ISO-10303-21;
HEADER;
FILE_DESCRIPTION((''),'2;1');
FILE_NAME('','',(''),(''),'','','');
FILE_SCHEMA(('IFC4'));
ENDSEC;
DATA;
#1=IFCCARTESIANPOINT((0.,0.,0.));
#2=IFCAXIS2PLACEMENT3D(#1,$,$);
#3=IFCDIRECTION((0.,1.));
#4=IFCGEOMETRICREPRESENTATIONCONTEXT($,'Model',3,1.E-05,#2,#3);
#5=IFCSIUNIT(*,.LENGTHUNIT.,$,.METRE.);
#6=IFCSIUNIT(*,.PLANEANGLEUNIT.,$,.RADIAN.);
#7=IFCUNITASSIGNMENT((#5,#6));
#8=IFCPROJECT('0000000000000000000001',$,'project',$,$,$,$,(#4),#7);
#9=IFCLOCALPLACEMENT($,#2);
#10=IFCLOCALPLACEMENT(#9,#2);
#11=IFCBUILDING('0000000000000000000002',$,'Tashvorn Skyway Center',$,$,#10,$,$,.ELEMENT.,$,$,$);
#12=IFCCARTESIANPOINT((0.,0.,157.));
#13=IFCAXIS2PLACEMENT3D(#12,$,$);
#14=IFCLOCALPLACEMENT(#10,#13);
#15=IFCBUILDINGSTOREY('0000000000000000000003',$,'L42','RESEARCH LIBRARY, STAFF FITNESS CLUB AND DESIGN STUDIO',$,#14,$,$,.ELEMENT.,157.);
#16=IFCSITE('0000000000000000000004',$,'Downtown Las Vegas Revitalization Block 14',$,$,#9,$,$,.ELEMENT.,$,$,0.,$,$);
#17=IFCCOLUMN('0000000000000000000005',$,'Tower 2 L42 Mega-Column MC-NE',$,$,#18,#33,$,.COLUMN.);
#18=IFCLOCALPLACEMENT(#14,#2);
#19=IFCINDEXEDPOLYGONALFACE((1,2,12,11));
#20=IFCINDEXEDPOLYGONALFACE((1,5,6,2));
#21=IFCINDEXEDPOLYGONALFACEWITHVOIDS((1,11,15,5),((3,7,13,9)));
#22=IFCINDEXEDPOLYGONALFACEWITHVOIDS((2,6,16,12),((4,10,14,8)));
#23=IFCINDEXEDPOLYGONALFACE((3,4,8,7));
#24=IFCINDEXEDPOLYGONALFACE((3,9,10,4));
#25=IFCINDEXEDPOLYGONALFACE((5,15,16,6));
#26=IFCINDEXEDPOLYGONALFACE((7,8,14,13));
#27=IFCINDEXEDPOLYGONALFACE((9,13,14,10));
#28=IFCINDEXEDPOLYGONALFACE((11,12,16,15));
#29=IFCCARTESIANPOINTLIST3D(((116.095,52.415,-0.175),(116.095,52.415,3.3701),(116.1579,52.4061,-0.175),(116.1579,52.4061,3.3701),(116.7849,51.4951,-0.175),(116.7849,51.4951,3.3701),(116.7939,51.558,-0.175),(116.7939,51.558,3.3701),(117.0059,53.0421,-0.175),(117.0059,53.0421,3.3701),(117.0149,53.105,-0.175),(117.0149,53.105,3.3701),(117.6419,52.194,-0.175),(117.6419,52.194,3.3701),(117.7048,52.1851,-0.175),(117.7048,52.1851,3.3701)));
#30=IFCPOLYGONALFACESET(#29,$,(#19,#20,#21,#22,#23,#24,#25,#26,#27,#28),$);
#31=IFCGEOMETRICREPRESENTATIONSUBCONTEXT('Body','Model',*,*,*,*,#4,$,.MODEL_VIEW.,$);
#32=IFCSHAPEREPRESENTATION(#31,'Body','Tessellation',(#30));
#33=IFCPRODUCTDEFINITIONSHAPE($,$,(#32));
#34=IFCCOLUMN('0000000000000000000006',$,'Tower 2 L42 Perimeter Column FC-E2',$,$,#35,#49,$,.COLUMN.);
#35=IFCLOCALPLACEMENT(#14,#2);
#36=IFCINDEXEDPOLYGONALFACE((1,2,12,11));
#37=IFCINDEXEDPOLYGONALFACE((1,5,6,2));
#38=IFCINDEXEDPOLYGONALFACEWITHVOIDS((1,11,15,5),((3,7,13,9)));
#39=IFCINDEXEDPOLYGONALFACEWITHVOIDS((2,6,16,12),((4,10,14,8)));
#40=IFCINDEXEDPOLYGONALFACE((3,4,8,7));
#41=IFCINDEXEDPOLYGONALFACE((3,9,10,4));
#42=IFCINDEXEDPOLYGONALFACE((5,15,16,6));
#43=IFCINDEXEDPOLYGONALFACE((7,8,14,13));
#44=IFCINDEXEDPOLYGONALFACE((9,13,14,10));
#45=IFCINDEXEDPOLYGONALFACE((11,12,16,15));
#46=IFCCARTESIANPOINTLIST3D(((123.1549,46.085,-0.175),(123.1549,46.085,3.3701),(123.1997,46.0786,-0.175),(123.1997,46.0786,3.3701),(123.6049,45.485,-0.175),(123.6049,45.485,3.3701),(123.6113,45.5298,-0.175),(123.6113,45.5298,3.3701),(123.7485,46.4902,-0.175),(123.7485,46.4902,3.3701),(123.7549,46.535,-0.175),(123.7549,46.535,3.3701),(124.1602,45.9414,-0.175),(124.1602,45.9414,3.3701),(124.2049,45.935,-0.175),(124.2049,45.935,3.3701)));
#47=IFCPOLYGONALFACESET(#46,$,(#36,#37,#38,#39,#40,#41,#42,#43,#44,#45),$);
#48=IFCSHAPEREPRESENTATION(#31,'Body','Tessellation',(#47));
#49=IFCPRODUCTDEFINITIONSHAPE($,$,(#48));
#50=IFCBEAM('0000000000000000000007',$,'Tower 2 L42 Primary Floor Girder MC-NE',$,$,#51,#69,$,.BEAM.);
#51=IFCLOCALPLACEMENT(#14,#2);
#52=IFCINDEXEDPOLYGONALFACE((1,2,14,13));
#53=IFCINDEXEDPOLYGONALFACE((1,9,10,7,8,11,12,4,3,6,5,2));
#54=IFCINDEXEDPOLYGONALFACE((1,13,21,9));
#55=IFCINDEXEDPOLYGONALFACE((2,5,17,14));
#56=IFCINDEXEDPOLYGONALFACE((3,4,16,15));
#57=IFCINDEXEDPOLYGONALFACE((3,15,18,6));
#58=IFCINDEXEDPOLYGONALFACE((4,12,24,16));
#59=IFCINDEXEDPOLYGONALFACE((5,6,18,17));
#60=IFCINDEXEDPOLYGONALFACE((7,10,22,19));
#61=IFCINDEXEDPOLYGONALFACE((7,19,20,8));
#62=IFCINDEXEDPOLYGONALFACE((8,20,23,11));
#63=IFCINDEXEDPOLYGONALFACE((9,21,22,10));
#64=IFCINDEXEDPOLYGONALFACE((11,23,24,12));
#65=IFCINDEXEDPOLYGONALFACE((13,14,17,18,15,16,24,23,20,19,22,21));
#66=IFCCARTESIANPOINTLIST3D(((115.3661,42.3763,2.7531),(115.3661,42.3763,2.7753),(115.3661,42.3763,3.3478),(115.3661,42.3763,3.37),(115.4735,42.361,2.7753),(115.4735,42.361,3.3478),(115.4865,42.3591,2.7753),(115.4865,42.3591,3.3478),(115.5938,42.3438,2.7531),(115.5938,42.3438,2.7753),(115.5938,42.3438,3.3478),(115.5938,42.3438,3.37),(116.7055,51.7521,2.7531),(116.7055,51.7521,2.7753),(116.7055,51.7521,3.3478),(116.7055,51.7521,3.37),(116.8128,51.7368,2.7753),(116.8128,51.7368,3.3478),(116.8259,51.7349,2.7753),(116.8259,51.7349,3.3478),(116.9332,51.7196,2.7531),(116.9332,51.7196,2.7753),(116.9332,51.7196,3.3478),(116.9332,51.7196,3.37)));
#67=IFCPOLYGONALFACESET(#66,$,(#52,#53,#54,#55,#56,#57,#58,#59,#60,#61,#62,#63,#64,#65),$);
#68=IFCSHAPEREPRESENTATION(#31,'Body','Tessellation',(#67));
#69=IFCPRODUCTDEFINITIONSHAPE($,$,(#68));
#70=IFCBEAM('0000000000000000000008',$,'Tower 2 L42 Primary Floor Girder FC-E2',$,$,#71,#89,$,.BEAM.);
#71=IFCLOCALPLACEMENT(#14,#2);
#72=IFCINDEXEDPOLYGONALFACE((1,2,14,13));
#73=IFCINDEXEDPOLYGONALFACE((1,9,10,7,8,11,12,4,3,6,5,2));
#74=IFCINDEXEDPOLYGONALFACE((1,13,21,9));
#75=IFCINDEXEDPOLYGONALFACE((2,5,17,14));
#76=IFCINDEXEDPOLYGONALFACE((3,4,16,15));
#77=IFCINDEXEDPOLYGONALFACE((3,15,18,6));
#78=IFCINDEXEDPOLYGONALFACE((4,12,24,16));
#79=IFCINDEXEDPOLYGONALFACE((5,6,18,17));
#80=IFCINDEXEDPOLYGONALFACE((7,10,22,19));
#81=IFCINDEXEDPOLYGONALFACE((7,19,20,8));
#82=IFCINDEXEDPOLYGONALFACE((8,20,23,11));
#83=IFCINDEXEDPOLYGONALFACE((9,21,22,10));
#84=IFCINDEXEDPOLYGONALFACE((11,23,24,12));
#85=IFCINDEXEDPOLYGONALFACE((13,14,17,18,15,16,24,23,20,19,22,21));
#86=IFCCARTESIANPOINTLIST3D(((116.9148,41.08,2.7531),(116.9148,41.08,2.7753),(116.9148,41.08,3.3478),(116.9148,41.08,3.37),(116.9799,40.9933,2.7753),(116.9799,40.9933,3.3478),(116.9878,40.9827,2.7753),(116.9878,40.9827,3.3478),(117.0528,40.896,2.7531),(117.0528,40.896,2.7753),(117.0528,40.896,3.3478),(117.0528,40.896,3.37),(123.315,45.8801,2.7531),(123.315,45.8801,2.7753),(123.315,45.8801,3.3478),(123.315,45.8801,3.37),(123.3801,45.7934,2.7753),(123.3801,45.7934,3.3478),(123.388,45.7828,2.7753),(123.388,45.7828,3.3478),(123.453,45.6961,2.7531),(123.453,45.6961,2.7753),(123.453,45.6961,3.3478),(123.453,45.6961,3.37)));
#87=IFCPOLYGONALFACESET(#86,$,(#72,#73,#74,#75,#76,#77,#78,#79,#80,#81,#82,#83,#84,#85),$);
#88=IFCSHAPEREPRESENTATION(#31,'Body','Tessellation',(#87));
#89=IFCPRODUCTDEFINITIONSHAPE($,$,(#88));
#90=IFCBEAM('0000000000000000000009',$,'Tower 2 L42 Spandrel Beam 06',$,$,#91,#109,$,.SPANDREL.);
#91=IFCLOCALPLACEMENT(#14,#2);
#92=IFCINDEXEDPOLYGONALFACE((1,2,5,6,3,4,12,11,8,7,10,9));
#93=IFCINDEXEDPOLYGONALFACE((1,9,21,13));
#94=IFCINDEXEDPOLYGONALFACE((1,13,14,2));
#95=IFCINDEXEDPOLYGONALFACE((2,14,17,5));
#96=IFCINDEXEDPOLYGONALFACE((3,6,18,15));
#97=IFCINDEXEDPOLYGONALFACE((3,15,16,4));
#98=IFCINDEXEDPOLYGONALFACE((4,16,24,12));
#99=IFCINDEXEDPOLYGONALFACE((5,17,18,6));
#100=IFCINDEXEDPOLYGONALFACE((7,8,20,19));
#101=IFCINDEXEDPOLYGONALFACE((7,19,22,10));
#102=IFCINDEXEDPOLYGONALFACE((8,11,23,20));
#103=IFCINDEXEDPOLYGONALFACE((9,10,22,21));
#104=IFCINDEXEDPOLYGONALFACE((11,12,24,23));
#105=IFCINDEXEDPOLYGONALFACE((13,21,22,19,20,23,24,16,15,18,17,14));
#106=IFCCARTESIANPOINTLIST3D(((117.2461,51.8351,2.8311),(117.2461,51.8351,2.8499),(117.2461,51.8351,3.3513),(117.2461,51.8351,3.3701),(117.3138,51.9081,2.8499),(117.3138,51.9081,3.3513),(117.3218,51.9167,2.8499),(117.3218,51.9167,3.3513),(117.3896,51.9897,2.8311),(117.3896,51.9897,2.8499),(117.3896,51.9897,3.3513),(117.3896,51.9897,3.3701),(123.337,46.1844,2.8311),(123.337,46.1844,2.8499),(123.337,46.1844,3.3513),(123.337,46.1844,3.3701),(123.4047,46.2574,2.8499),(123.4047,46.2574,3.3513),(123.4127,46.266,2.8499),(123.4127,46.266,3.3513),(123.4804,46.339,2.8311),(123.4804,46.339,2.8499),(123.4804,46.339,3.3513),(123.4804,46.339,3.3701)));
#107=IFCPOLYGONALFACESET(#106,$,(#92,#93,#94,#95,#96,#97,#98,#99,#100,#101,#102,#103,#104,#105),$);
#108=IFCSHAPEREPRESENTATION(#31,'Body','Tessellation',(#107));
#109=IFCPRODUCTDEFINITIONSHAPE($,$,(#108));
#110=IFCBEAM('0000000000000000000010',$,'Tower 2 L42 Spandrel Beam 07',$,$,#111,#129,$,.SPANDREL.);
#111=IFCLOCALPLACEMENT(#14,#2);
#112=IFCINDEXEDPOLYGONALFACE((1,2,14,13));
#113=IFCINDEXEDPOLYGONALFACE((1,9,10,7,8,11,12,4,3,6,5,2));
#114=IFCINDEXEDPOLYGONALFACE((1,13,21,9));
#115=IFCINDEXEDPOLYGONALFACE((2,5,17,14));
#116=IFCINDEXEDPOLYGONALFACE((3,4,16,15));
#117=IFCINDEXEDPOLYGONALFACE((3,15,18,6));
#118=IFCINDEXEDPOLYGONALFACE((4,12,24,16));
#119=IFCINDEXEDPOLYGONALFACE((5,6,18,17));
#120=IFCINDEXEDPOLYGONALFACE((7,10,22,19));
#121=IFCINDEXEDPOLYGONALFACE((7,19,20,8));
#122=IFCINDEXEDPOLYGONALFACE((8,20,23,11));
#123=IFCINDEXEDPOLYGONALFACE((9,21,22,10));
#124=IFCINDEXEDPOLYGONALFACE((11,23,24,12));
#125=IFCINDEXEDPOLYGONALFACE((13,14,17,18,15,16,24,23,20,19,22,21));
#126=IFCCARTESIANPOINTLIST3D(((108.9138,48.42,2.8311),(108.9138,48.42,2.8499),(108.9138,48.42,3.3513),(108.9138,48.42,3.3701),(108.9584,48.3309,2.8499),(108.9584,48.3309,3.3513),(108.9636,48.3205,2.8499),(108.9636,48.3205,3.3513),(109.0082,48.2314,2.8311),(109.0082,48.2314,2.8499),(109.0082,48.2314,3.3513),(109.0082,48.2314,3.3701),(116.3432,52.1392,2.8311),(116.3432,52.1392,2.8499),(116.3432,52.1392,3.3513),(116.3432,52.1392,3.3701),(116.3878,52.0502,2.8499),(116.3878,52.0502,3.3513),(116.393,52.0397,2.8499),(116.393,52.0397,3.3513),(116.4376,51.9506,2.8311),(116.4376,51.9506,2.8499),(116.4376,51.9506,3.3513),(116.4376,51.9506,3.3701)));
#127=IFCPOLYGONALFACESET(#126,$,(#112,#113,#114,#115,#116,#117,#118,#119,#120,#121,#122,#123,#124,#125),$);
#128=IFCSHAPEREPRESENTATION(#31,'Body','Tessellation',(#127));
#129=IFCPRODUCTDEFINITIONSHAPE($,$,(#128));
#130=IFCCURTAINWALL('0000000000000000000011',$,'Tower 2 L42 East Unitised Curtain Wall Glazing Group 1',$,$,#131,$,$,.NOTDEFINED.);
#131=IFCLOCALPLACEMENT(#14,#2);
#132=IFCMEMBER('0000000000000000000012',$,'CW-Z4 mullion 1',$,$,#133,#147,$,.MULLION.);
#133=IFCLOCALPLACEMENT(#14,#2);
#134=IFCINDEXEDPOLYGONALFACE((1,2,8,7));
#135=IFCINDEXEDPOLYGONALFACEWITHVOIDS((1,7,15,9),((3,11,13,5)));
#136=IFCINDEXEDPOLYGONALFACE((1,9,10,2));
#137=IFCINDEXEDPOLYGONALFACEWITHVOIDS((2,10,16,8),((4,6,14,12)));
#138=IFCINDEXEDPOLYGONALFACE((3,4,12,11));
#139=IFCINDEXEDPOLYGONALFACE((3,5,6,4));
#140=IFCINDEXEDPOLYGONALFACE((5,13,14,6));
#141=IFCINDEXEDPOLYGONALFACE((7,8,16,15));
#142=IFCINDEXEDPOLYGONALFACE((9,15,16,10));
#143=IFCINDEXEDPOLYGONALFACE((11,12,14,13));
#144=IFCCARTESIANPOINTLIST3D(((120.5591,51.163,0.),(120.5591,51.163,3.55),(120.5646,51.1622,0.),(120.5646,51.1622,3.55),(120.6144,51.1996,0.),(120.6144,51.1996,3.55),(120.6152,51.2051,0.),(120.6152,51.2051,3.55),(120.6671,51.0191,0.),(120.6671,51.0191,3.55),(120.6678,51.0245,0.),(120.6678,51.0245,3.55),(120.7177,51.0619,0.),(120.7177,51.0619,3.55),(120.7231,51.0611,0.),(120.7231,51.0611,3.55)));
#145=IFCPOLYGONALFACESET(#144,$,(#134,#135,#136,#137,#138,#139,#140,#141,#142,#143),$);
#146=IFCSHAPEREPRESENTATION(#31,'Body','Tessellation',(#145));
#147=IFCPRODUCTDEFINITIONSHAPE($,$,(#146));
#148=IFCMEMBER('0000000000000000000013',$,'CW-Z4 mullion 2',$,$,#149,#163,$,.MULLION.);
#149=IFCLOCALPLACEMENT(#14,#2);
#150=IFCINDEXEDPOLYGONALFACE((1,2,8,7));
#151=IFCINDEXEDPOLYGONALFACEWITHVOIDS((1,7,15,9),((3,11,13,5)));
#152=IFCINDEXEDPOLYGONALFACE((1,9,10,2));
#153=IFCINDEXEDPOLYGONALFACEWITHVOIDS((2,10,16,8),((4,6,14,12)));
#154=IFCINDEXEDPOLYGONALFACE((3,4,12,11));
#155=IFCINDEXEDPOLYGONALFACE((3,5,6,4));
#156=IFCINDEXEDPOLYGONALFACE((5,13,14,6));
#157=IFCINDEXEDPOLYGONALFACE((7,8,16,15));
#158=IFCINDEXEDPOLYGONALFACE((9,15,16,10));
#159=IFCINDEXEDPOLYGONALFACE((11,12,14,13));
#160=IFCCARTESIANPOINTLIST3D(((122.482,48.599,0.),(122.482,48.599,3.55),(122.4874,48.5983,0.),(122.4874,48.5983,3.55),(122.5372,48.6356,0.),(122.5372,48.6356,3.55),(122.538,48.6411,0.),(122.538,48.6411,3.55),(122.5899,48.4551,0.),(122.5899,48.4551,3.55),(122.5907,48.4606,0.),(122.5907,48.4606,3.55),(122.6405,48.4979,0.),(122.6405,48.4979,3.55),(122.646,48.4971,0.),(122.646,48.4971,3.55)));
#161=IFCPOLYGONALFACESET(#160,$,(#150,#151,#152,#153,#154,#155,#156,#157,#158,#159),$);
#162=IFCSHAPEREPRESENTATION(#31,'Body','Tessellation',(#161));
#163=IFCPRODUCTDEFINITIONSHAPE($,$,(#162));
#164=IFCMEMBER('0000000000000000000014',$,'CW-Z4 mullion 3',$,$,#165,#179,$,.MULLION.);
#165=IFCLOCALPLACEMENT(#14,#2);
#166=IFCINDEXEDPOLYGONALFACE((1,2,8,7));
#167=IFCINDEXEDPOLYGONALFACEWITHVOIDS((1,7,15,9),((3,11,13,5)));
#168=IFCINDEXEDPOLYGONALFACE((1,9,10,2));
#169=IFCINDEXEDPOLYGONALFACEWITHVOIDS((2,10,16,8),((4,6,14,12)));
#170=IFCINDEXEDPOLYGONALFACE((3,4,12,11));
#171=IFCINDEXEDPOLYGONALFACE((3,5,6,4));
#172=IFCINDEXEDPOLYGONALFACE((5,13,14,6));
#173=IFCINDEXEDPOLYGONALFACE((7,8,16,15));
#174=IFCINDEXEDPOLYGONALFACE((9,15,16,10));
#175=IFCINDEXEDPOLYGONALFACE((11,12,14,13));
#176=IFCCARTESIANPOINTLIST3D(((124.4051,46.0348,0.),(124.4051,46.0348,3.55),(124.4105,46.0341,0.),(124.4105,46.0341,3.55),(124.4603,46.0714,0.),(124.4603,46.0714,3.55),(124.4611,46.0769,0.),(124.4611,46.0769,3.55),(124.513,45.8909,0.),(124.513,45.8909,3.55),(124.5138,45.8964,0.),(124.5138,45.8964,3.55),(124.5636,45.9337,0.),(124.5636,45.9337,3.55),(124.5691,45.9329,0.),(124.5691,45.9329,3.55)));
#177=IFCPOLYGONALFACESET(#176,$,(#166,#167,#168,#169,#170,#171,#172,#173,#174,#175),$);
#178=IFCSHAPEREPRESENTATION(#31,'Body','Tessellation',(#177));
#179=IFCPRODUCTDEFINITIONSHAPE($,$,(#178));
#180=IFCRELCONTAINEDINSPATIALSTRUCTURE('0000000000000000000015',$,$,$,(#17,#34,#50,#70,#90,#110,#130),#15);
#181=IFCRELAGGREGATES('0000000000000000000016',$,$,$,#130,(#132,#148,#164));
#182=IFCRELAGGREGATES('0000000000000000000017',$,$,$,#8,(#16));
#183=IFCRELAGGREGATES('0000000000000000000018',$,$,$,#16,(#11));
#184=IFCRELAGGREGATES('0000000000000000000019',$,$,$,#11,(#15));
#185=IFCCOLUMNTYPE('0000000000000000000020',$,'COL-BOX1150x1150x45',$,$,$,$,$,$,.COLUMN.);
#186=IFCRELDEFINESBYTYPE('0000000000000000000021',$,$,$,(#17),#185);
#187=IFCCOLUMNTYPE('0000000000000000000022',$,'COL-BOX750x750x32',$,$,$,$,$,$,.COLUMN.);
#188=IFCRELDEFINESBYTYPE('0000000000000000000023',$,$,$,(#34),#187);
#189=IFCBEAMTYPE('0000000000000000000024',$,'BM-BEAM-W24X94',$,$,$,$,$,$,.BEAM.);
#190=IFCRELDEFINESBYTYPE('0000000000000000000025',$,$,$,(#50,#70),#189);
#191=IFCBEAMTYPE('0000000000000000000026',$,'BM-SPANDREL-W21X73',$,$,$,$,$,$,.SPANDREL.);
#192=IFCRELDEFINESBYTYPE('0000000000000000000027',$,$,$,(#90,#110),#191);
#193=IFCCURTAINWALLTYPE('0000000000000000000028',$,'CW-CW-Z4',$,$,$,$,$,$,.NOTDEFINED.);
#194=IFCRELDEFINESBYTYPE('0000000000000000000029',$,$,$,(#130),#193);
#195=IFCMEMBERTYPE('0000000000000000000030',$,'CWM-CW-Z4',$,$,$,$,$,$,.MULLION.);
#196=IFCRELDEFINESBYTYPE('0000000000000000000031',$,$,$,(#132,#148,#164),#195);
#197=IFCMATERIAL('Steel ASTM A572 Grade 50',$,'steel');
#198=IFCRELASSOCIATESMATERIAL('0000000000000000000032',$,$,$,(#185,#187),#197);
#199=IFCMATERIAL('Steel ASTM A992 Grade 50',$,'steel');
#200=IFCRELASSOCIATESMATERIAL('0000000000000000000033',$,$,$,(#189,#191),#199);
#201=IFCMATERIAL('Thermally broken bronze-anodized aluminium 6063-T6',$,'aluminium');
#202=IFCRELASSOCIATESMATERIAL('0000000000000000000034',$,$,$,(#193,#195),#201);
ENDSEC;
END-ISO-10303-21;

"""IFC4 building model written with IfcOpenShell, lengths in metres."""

from ifc_helpers import new_model, si_unit, direction, frame, origin, origin_2d, place, context, subcontext, project, spatial, hollow_rectangle, i_section, extrude, material, material_profile, profile_set, type_object, element, aggregate, save


model = new_model("IFC4")

# Units and contexts
model_context = context("Model", 3, precision=1e-05, world=origin(), true_north=direction((0.0, 1.0)))
body_context = subcontext(model_context, "Body", "Model", "MODEL_VIEW")
ifc_project = project(units=[si_unit("LENGTHUNIT", "METRE"), si_unit("PLANEANGLEUNIT", "RADIAN")], contexts=[model_context])

# Site, building, storey
site_placement = place(None, origin())
site = spatial("IfcSite", under=ifc_project, at=site_placement, Name="Downtown Las Vegas Revitalization Block 14", CompositionType="ELEMENT", RefElevation=0.0)
building_placement = place(site_placement, origin())
building = spatial("IfcBuilding", under=site, at=building_placement, Name="Tashvorn Skyway Center", CompositionType="ELEMENT")
storey_placement = place(building_placement, frame((0.0, 0.0, 157.0)))
storey = spatial("IfcBuildingStorey", under=building, at=storey_placement, Name="L42", Description="RESEARCH LIBRARY, STAFF FITNESS CLUB AND DESIGN STUDIO", CompositionType="ELEMENT", Elevation=157.0)

# Columns
ifc_material_1 = material(Name="Steel ASTM A572 Grade 50", Category="steel")
ifc_material_profile_1 = material_profile(ifc_material_1, hollow_rectangle(XDim=1.1499, YDim=1.1499, WallThickness=0.0449, at=origin_2d()), Name="BOX1150x1150x45")
ifc_profile_set_1 = profile_set([ifc_material_profile_1], Name="Steel ASTM A572 Grade 50")
column_type_1 = type_object("IfcColumnType", Name="COL-BOX1150x1150x45", PredefinedType="COLUMN", material=ifc_profile_set_1)
column_1_placement = place(storey_placement, frame((116.8999, 52.3, -0.175), z_axis=(0.0, 0.0, 1.0), x_axis=(0.8, 0.6, 0.0)))
element("IfcColumn", 1, at=column_1_placement, inside=storey, type_object=column_type_1, Name="Tower 2 L42 Mega-Column MC-NE", PredefinedType="COLUMN", context=body_context, shape_type="SweptSolid", body=[
    extrude(hollow_rectangle(XDim=1.1499, YDim=1.1499, WallThickness=0.0449, at=origin_2d()), origin(), (0.0, 0.0, 1.0), 3.5452),
])
ifc_material_profile_2 = material_profile(ifc_material_1, hollow_rectangle(XDim=0.75, YDim=0.75, WallThickness=0.032, at=origin_2d()), Name="BOX750x750x32")
ifc_profile_set_2 = profile_set([ifc_material_profile_2], Name="Steel ASTM A572 Grade 50")
column_type_2 = type_object("IfcColumnType", Name="COL-BOX750x750x32", PredefinedType="COLUMN", material=ifc_profile_set_2)
column_2_placement = place(storey_placement, frame((123.6799, 46.01, -0.175), z_axis=(0.0, 0.0, 1.0), x_axis=(0.8, 0.6, 0.0)))
element("IfcColumn", 2, at=column_2_placement, inside=storey, type_object=column_type_2, Name="Tower 2 L42 Perimeter Column FC-E2", PredefinedType="COLUMN", context=body_context, shape_type="SweptSolid", body=[
    extrude(hollow_rectangle(XDim=0.75, YDim=0.75, WallThickness=0.032, at=origin_2d()), origin(), (0.0, 0.0, 1.0), 3.5452),
])

# Beams
ifc_material_2 = material(Name="Steel ASTM A992 Grade 50", Category="steel")
ifc_material_profile_3 = material_profile(ifc_material_2, i_section(OverallWidth=0.23, OverallDepth=0.6169, WebThickness=0.0132, FlangeThickness=0.0222, at=origin_2d()), Name="W24X94")
ifc_profile_set_3 = profile_set([ifc_material_profile_3], Name="Steel ASTM A992 Grade 50")
beam_type_1 = type_object("IfcBeamType", Name="BM-BEAM-W24X94", PredefinedType="BEAM", material=ifc_profile_set_3)
beam_1_placement = place(storey_placement, frame((116.8193, 51.7358, 3.0615), z_axis=(-0.141418, -0.98995, 0.0), x_axis=(0.98995, -0.141418, 0.0)))
element("IfcBeam", 3, at=beam_1_placement, inside=storey, type_object=beam_type_1, Name="Tower 2 L42 Primary Floor Girder MC-NE", PredefinedType="BEAM", context=body_context, shape_type="SweptSolid", body=[
    extrude(i_section(OverallWidth=0.23, OverallDepth=0.6169, WebThickness=0.0132, FlangeThickness=0.0222, at=origin_2d()), origin(), (0.0, 0.0, 1.0), 9.4709),
])
beam_2_placement = place(storey_placement, frame((123.384, 45.7881, 3.0615), z_axis=(-0.800004, -0.599995, 0.0), x_axis=(0.599995, -0.800004, 0.0)))
element("IfcBeam", 4, at=beam_2_placement, inside=storey, type_object=beam_type_1, Name="Tower 2 L42 Primary Floor Girder FC-E2", PredefinedType="BEAM", context=body_context, shape_type="SweptSolid", body=[
    extrude(i_section(OverallWidth=0.23, OverallDepth=0.6169, WebThickness=0.0132, FlangeThickness=0.0222, at=origin_2d()), origin(), (0.0, 0.0, 1.0), 8.0002),
])
ifc_material_profile_4 = material_profile(ifc_material_2, i_section(OverallWidth=0.2109, OverallDepth=0.5391, WebThickness=0.0117, FlangeThickness=0.0188, at=origin_2d()), Name="W21X73")
ifc_profile_set_4 = profile_set([ifc_material_profile_4], Name="Steel ASTM A992 Grade 50")
beam_type_2 = type_object("IfcBeamType", Name="BM-SPANDREL-W21X73", PredefinedType="SPANDREL", material=ifc_profile_set_4)
for number, where, z_axis, x_axis, name in (
    (5, (123.4087, 46.2617, 3.1006), (-0.733101, 0.68012, 0.0), (-0.68012, -0.733101, 0.0), "Tower 2 L42 Spandrel Beam 06"),
    (6, (116.3904, 52.0449, 3.1006), (-0.89421, -0.447648, 0.0), (0.447648, -0.89421, 0.0), "Tower 2 L42 Spandrel Beam 07"),
):
    element("IfcBeam", number, at=place(storey_placement, frame(where, z_axis=z_axis, x_axis=x_axis)), inside=storey, type_object=beam_type_2, Name=name, PredefinedType="SPANDREL", context=body_context, shape_type="SweptSolid", body=[
        extrude(i_section(OverallWidth=0.2109, OverallDepth=0.5391, WebThickness=0.0117, FlangeThickness=0.0188, at=origin_2d()), origin(), (0.0, 0.0, 1.0), 8.3083),
    ])

# Curtain wall, members
ifc_material_3 = material(Name="Thermally broken bronze-anodized aluminium 6063-T6", Category="aluminium")
curtain_wall_type = type_object("IfcCurtainWallType", Name="CW-CW-Z4", PredefinedType="NOTDEFINED", material=ifc_material_3)
curtain_wall_1_placement = place(storey_placement, origin())
curtain_wall_1 = element("IfcCurtainWall", 7, at=curtain_wall_1_placement, inside=storey, type_object=curtain_wall_type, Name="Tower 2 L42 East Unitised Curtain Wall Glazing Group 1", PredefinedType="NOTDEFINED")
ifc_material_profile_5 = material_profile(ifc_material_3, hollow_rectangle(XDim=0.0701, YDim=0.1799, WallThickness=0.0039, at=origin_2d()), Name="ALU-MULL-70x180")
ifc_profile_set_5 = profile_set([ifc_material_profile_5], Name="Thermally broken bronze-anodized aluminium 6063-T6")
member_type_1 = type_object("IfcMemberType", Name="CWM-CW-Z4", PredefinedType="MULLION", material=ifc_profile_set_5)
member_1_placement = place(storey_placement, frame((120.6411, 51.1121, 0.0), z_axis=(0.0, 0.0, 1.0), x_axis=(0.8, 0.6, 0.0)))
member_1 = element("IfcMember", 8, at=member_1_placement, type_object=member_type_1, Name="CW-Z4 mullion 1", PredefinedType="MULLION", context=body_context, shape_type="SweptSolid", body=[
    extrude(hollow_rectangle(XDim=0.0701, YDim=0.1799, WallThickness=0.0039, at=origin_2d()), origin(), (0.0, 0.0, 1.0), 3.55),
])
member_2_placement = place(storey_placement, frame((122.564, 48.5481, 0.0), z_axis=(0.0, 0.0, 1.0), x_axis=(0.8, 0.6, 0.0)))
member_2 = element("IfcMember", 9, at=member_2_placement, type_object=member_type_1, Name="CW-Z4 mullion 2", PredefinedType="MULLION", context=body_context, shape_type="SweptSolid", body=[
    extrude(hollow_rectangle(XDim=0.0701, YDim=0.1799, WallThickness=0.0039, at=origin_2d()), origin(), (0.0, 0.0, 1.0), 3.55),
])
member_3_placement = place(storey_placement, frame((124.4871, 45.9839, 0.0), z_axis=(0.0, 0.0, 1.0), x_axis=(0.8, 0.6, 0.0)))
member_3 = element("IfcMember", 10, at=member_3_placement, type_object=member_type_1, Name="CW-Z4 mullion 3", PredefinedType="MULLION", context=body_context, shape_type="SweptSolid", body=[
    extrude(hollow_rectangle(XDim=0.0701, YDim=0.1799, WallThickness=0.0039, at=origin_2d()), origin(), (0.0, 0.0, 1.0), 3.55),
])

aggregate(curtain_wall_1, [member_1, member_2, member_3])

save(model, "model.ifc")
